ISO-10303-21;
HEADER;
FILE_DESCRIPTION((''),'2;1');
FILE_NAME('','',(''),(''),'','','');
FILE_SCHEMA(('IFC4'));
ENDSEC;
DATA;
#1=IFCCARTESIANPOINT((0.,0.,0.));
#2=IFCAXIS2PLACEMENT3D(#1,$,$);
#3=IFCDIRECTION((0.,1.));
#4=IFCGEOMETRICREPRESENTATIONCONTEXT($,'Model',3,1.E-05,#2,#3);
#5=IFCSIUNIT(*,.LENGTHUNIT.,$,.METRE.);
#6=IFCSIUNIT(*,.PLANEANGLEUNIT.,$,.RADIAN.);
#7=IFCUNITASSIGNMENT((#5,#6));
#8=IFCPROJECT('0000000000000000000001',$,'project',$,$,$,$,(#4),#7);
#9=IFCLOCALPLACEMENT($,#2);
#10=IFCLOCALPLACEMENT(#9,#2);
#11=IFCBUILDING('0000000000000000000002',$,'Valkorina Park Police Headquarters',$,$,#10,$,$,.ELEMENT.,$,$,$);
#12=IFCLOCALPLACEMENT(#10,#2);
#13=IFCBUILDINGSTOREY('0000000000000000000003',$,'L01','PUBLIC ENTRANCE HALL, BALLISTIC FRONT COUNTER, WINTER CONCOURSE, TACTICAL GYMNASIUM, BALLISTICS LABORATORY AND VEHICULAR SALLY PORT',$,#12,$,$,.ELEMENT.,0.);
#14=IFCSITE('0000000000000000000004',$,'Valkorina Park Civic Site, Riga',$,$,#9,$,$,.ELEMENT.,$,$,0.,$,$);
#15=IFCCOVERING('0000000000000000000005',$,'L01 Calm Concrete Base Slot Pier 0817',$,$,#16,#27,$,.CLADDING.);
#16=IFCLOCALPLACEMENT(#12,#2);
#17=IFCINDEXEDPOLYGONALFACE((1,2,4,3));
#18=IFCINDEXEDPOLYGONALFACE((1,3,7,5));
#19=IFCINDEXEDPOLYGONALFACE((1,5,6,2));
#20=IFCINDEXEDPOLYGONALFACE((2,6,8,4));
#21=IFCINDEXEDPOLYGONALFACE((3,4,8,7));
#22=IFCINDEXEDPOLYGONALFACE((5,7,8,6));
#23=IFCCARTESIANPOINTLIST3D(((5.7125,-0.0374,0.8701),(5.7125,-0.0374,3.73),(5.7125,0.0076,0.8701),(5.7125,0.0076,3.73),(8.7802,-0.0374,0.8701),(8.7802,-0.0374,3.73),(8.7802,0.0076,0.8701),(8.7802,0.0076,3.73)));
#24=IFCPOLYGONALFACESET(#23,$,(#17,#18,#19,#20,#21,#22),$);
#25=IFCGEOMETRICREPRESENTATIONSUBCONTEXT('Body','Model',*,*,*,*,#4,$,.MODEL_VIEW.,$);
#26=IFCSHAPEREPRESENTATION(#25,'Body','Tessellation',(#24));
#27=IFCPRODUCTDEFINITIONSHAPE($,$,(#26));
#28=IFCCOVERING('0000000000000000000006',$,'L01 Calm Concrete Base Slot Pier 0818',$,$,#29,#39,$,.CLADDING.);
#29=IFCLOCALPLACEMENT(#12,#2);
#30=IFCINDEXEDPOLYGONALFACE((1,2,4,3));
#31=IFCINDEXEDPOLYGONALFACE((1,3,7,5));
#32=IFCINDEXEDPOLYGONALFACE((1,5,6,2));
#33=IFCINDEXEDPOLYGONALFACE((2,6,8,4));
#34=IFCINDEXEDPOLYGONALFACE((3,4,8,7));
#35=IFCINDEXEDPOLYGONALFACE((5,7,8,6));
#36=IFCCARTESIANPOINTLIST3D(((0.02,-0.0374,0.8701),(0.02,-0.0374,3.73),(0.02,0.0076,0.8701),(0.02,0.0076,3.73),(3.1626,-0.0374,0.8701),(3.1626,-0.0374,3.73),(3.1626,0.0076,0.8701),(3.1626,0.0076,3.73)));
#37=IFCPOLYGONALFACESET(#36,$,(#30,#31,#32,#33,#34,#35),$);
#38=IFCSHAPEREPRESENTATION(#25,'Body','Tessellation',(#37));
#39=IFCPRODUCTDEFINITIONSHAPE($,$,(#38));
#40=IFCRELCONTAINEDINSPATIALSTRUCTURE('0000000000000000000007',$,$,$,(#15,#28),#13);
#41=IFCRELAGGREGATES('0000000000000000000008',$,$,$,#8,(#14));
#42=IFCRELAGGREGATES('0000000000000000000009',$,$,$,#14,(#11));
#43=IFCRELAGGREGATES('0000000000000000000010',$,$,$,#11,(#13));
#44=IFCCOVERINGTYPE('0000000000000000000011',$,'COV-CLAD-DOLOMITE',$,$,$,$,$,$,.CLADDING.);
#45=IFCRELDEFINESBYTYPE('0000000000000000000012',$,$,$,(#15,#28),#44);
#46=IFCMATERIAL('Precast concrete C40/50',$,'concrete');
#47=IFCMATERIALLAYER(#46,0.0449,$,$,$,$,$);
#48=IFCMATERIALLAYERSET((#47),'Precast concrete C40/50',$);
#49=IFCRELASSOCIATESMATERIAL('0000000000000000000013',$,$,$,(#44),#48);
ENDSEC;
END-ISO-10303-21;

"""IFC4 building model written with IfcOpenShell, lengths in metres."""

from ifc_helpers import new_model, si_unit, direction, frame, frame_2d, origin, place, context, subcontext, project, spatial, rectangle, extrude, material, layer, layer_set, type_object, element, save


model = new_model("IFC4")

# Units and contexts
model_context = context("Model", 3, precision=1e-05, world=origin(), true_north=direction((0.0, 1.0)))
body_context = subcontext(model_context, "Body", "Model", "MODEL_VIEW")
ifc_project = project(units=[si_unit("LENGTHUNIT", "METRE"), si_unit("PLANEANGLEUNIT", "RADIAN")], contexts=[model_context])

# Site, building, storey
site_placement = place(None, origin())
site = spatial("IfcSite", under=ifc_project, at=site_placement, Name="Valkorina Park Civic Site, Riga", CompositionType="ELEMENT", RefElevation=0.0)
building_placement = place(site_placement, origin())
building = spatial("IfcBuilding", under=site, at=building_placement, Name="Valkorina Park Police Headquarters", CompositionType="ELEMENT")
storey_placement = place(building_placement, origin())
storey = spatial("IfcBuildingStorey", under=building, at=storey_placement, Name="L01", Description="PUBLIC ENTRANCE HALL, BALLISTIC FRONT COUNTER, WINTER CONCOURSE, TACTICAL GYMNASIUM, BALLISTICS LABORATORY AND VEHICULAR SALLY PORT", CompositionType="ELEMENT", Elevation=0.0)

# Coverings
ifc_material_1 = material(Name="Precast concrete C40/50", Category="concrete")
ifc_layer_1 = layer(ifc_material_1, 0.0449)
ifc_layer_set_1 = layer_set([ifc_layer_1], Name="Precast concrete C40/50")
covering_type_1 = type_object("IfcCoveringType", Name="COV-CLAD-DOLOMITE", PredefinedType="CLADDING", material=ifc_layer_set_1)
covering_1_placement = place(storey_placement, frame((8.78, -0.0149, 0.8701), z_axis=(0.0, 0.0, 1.0), x_axis=(-1.0, 0.0, 0.0)))
element("IfcCovering", 1, at=covering_1_placement, inside=storey, type_object=covering_type_1, Name="L01 Calm Concrete Base Slot Pier 0817", PredefinedType="CLADDING", context=body_context, shape_type="SweptSolid", body=[
    extrude(rectangle(XDim=3.0676, YDim=0.0449, at=frame_2d((1.5337, 0.0))), origin(), (0.0, 0.0, 1.0), 2.8599),
])
covering_2_placement = place(storey_placement, frame((3.1626, -0.0149, 0.8701), z_axis=(0.0, 0.0, 1.0), x_axis=(-1.0, 0.0, 0.0)))
element("IfcCovering", 2, at=covering_2_placement, inside=storey, type_object=covering_type_1, Name="L01 Calm Concrete Base Slot Pier 0818", PredefinedType="CLADDING", context=body_context, shape_type="SweptSolid", body=[
    extrude(rectangle(XDim=3.1426, YDim=0.0449, at=frame_2d((1.5713, 0.0))), origin(), (0.0, 0.0, 1.0), 2.8599),
])

save(model, "model.ifc")
